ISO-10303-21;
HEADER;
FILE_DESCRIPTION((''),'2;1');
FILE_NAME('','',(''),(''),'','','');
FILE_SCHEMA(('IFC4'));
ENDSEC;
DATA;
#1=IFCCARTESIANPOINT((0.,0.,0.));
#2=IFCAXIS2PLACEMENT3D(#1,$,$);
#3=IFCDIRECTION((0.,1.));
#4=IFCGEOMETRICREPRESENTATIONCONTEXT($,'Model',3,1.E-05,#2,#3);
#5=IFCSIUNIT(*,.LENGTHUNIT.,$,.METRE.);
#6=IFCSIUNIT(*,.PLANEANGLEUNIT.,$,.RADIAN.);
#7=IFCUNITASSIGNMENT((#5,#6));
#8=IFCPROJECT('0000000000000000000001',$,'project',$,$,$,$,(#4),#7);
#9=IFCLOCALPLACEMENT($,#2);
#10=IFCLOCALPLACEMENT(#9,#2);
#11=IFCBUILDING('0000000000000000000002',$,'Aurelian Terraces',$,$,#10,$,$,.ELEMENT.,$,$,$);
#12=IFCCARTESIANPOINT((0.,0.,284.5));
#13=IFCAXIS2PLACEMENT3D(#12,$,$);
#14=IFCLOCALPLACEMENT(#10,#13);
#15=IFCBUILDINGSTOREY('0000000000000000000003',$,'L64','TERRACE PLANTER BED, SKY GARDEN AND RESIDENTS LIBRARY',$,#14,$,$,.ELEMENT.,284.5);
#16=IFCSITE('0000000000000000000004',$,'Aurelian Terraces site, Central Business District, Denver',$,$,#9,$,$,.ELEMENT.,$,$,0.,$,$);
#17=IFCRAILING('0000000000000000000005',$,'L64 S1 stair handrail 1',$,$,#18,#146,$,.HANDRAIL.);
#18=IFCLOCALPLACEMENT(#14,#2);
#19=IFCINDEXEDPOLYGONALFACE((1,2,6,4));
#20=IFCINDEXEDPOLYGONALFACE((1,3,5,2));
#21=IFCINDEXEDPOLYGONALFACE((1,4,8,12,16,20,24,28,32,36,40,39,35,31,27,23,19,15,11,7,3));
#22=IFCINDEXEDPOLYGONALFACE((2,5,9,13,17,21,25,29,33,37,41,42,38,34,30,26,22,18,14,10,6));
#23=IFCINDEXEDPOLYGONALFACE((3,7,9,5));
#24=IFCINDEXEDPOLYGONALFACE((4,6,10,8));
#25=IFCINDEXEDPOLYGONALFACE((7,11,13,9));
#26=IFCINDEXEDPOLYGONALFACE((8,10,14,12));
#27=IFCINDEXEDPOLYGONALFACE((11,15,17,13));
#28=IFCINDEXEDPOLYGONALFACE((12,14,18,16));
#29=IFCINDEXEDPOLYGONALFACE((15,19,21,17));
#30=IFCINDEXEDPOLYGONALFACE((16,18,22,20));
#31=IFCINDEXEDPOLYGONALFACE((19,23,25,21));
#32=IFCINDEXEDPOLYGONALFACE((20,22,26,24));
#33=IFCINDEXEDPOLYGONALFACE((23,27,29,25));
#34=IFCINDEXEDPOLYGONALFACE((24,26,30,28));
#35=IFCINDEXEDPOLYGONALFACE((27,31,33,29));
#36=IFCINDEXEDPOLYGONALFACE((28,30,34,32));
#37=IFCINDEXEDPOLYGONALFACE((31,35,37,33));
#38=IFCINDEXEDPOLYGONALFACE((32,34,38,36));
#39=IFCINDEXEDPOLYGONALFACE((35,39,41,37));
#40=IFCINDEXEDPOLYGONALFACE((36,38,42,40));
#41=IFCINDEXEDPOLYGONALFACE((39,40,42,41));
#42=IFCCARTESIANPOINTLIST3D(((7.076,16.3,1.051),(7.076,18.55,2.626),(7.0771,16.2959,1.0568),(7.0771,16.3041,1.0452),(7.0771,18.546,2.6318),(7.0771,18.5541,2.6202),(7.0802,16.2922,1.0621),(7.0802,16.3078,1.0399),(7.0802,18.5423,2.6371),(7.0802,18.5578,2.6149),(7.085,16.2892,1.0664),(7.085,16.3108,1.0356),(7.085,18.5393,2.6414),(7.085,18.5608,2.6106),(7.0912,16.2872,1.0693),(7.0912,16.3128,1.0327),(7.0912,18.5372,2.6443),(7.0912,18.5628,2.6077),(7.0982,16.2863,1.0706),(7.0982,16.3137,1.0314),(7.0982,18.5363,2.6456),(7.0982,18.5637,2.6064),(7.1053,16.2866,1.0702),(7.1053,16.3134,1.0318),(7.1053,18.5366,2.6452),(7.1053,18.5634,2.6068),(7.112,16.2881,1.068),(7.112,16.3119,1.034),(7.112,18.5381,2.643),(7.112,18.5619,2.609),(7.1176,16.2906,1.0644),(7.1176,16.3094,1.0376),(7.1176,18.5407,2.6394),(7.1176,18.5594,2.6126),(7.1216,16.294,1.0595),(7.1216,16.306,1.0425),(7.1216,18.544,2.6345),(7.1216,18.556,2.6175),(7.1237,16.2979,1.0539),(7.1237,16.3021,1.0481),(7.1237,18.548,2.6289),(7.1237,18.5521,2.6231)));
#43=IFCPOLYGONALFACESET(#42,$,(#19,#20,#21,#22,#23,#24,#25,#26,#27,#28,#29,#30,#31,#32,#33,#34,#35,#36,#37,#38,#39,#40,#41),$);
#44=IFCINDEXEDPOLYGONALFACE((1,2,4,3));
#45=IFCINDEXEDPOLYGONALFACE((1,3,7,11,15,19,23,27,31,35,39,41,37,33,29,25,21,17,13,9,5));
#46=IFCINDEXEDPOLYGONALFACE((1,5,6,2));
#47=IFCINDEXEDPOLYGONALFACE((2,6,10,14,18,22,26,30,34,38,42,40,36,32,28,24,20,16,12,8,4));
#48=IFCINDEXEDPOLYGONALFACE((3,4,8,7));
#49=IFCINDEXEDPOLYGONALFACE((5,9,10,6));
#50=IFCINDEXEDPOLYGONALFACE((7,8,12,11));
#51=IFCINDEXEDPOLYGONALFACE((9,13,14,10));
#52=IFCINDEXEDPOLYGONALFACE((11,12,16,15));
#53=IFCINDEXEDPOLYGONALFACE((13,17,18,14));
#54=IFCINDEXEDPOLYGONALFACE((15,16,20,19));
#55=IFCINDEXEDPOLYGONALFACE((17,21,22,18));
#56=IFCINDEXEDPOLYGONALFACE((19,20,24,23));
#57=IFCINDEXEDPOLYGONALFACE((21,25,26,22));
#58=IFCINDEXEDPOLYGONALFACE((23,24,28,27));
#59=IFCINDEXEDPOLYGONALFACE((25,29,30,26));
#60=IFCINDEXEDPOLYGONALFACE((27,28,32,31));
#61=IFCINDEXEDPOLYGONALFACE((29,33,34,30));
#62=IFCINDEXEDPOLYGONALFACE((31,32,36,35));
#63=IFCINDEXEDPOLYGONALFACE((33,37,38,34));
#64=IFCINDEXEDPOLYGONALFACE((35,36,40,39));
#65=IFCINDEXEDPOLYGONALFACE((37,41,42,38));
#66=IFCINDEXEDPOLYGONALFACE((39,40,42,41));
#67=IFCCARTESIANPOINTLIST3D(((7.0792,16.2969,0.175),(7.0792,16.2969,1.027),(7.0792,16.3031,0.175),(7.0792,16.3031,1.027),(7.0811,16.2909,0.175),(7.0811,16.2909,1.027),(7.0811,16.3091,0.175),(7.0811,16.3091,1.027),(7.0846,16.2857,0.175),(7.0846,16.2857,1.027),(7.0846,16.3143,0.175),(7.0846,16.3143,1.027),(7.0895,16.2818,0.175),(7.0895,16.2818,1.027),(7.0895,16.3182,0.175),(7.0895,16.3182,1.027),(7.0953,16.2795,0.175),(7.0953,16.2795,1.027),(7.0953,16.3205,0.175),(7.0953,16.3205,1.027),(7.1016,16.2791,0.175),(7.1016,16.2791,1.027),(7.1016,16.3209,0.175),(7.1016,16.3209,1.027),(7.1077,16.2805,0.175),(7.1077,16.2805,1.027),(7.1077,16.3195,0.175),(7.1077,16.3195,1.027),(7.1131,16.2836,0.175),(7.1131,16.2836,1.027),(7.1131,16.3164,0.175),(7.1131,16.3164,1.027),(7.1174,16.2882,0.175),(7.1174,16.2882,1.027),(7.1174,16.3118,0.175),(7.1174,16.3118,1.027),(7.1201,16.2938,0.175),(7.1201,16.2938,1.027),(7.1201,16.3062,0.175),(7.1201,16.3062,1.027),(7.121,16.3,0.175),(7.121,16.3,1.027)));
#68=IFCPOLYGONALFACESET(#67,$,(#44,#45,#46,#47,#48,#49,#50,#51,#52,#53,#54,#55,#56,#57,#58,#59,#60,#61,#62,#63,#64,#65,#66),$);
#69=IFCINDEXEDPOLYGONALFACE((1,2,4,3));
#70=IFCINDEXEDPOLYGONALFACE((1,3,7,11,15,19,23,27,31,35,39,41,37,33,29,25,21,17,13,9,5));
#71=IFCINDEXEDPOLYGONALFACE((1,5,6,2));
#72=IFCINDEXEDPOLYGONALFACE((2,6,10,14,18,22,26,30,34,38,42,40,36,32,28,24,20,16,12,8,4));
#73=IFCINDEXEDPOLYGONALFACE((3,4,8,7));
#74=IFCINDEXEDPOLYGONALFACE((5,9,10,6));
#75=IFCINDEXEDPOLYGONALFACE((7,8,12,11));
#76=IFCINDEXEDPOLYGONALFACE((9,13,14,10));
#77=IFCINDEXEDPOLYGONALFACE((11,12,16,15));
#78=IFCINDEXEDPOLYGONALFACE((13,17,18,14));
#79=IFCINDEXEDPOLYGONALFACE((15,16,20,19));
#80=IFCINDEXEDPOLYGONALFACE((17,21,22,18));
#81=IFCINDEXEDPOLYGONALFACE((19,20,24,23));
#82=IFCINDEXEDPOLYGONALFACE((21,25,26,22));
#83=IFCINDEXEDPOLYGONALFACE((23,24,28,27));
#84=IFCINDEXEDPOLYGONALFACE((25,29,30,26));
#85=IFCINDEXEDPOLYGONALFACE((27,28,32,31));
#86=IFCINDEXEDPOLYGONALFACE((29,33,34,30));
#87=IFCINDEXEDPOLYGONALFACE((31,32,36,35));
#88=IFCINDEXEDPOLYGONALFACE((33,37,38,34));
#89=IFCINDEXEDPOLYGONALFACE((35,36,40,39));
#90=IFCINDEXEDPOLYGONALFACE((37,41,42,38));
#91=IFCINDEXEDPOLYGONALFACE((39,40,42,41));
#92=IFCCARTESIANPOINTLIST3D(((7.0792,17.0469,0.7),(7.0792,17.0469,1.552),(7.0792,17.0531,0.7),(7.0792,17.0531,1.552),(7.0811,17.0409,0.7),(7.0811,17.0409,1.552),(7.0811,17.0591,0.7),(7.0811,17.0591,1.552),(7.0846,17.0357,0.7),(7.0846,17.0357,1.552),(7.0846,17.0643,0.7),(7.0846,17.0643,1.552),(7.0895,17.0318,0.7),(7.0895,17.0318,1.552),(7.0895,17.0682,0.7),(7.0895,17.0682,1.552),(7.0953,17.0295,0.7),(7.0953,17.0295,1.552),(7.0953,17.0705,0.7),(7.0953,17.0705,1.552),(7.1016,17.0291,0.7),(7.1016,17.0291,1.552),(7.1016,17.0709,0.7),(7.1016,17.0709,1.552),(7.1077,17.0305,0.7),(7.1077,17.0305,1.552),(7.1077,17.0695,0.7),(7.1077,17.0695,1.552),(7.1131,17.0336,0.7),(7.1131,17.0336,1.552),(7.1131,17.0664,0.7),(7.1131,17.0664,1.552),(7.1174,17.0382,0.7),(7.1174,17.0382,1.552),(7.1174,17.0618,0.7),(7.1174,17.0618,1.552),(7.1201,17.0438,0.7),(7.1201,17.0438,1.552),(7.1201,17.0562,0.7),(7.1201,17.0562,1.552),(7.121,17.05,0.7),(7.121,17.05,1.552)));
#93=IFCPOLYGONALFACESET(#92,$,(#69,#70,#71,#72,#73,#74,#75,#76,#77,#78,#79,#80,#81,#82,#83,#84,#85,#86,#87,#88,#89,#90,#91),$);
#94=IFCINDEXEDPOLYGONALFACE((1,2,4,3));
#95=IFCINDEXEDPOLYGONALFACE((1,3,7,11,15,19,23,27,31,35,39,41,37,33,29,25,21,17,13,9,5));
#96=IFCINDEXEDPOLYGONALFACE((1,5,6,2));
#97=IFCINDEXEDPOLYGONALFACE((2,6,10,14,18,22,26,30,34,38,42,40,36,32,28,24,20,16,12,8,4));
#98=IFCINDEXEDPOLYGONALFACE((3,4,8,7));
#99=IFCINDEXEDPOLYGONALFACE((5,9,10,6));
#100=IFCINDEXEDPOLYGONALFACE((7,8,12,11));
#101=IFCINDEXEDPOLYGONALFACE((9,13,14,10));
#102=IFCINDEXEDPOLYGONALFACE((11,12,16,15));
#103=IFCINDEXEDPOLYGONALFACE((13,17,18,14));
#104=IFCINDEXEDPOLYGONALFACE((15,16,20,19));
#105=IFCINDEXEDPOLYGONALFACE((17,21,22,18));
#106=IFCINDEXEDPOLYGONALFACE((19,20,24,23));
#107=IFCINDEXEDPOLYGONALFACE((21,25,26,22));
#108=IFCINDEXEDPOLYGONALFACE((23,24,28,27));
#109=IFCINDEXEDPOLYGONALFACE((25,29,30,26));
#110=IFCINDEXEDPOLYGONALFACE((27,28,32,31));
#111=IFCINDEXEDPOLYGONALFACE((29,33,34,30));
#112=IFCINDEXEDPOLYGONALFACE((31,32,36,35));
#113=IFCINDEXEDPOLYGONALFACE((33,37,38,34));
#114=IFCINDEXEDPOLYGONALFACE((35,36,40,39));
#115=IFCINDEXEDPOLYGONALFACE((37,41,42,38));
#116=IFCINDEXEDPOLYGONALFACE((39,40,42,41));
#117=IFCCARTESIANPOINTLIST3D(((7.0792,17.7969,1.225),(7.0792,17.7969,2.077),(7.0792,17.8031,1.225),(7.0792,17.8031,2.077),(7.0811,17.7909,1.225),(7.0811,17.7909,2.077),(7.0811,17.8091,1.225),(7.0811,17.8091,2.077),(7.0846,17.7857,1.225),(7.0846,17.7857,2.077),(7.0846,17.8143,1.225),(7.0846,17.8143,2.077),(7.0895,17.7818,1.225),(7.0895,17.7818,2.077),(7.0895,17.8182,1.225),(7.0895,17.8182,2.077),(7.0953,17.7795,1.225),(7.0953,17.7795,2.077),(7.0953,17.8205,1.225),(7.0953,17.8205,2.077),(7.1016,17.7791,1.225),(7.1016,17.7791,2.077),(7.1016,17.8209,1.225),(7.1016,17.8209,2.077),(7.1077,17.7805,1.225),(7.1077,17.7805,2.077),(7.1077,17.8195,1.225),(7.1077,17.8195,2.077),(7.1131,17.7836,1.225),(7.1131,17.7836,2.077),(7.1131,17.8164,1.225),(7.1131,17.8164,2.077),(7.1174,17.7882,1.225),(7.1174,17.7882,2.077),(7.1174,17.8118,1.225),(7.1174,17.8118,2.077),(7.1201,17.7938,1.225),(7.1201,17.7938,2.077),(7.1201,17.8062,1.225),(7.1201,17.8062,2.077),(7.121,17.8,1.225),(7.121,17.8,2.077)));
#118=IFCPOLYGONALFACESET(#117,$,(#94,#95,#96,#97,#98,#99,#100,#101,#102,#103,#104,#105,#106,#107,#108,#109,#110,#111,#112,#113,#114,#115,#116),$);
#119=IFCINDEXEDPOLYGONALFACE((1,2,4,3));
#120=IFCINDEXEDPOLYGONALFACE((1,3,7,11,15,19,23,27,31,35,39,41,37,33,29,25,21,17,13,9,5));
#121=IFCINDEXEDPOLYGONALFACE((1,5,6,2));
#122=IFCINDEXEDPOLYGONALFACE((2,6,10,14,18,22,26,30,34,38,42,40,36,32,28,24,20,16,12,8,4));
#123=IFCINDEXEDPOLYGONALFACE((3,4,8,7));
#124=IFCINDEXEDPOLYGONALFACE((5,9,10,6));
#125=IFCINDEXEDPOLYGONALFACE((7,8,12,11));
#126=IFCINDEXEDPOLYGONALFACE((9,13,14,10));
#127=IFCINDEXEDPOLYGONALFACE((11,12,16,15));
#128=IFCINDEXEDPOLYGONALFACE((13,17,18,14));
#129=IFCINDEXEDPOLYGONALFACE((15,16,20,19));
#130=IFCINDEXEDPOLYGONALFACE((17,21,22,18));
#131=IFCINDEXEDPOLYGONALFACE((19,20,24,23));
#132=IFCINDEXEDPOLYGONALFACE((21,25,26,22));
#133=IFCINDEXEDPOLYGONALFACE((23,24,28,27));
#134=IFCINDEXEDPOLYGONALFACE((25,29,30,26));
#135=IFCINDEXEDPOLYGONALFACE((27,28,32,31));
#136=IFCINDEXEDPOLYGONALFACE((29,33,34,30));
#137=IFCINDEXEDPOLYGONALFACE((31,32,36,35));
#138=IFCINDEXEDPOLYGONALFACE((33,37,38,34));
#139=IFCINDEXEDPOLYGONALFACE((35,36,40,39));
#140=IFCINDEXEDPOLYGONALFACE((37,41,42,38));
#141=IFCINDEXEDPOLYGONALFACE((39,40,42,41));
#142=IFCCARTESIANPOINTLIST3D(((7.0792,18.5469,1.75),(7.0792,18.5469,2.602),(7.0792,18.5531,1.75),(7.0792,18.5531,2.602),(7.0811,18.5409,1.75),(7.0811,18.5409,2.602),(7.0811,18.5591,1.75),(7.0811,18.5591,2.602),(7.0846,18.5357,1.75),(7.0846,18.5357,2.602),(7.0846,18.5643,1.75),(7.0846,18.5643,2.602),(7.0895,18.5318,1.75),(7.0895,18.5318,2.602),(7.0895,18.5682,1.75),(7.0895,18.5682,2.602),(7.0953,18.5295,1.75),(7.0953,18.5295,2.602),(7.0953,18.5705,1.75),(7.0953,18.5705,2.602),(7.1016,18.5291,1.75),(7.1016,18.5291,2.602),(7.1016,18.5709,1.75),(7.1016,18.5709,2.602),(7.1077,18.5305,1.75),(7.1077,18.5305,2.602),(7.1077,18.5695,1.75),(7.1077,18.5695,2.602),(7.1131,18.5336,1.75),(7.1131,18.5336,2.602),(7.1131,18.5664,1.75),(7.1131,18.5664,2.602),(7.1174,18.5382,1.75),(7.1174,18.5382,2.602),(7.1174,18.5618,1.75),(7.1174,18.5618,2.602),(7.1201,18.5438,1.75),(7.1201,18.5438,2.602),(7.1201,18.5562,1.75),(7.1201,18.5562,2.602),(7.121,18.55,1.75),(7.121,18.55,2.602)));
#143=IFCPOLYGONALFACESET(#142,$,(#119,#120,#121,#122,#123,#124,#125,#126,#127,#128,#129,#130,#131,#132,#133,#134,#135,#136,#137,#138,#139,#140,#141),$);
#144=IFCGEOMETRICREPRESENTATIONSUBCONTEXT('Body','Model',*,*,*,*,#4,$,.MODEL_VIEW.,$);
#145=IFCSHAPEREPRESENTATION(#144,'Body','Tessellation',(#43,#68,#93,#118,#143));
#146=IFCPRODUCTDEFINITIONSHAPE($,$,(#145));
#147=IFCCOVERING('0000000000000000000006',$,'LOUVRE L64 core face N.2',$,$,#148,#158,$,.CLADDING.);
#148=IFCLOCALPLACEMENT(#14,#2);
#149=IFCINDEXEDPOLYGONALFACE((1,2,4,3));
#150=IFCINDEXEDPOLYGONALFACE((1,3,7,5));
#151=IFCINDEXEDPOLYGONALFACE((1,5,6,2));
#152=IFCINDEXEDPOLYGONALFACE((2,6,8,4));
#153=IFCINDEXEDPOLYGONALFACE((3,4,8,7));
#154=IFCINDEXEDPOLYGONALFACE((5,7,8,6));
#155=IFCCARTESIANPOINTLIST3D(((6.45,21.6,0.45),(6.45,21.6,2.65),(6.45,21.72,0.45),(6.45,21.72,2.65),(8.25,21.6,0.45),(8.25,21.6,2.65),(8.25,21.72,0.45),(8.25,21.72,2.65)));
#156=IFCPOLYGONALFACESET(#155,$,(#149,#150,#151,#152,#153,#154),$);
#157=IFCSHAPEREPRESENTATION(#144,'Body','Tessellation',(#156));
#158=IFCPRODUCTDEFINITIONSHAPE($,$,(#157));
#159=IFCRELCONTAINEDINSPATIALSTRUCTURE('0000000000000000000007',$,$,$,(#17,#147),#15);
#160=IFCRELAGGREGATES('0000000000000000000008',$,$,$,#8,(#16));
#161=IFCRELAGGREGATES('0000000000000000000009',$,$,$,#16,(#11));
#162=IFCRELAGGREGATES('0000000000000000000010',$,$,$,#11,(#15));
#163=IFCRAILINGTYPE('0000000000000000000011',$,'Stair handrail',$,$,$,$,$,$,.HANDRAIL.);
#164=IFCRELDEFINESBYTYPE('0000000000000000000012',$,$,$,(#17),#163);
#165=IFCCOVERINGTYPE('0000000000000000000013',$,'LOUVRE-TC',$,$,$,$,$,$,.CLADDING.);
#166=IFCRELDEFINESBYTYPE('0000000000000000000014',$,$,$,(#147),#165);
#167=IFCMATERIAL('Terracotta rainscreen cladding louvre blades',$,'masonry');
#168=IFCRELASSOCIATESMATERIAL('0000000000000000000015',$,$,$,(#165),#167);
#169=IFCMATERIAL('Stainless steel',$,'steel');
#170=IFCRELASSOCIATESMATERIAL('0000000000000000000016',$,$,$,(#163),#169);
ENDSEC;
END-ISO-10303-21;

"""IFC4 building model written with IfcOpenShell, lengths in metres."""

from ifc_helpers import new_model, si_unit, direction, frame, origin, origin_2d, place, context, subcontext, project, spatial, rectangle, circle, extrude, source, transform, mapped, material, type_object, element, save


model = new_model("IFC4")

# Units and contexts
model_context = context("Model", 3, precision=1e-05, world=origin(), true_north=direction((0.0, 1.0)))
body_context = subcontext(model_context, "Body", "Model", "MODEL_VIEW")
ifc_project = project(units=[si_unit("LENGTHUNIT", "METRE"), si_unit("PLANEANGLEUNIT", "RADIAN")], contexts=[model_context])

# Site, building, storey
site_placement = place(None, origin())
site = spatial("IfcSite", under=ifc_project, at=site_placement, Name="Aurelian Terraces site, Central Business District, Denver", CompositionType="ELEMENT", RefElevation=0.0)
building_placement = place(site_placement, origin())
building = spatial("IfcBuilding", under=site, at=building_placement, Name="Aurelian Terraces", CompositionType="ELEMENT")
storey_placement = place(building_placement, frame((0.0, 0.0, 284.5)))
storey = spatial("IfcBuildingStorey", under=building, at=storey_placement, Name="L64", Description="TERRACE PLANTER BED, SKY GARDEN AND RESIDENTS LIBRARY", CompositionType="ELEMENT", Elevation=284.5)

# Shared definitions
ifc_material_1 = material(Name="Terracotta rainscreen cladding louvre blades", Category="masonry")
covering_type = type_object("IfcCoveringType", Name="LOUVRE-TC", PredefinedType="CLADDING", material=ifc_material_1)

# Railing
ifc_material_2 = material(Name="Stainless steel", Category="steel")
railing_type_1 = type_object("IfcRailingType", Name="Stair handrail", PredefinedType="HANDRAIL", material=ifc_material_2)
railing_1_placement = place(storey_placement, frame((7.1, 16.3, 0.175)))
element("IfcRailing", 1, at=railing_1_placement, inside=storey, type_object=railing_type_1, Name="L64 S1 stair handrail 1", PredefinedType="HANDRAIL", context=body_context, shape_type="SweptSolid", body=[
    extrude(circle(Radius=0.024, at=origin_2d()), frame((0.0, 0.0, 0.876), z_axis=(0.0, 0.819232, 0.573462), x_axis=(-1.0, 0.0, 0.0)), (0.0, 0.0, 1.0), 2.7465),
    extrude(circle(Radius=0.021, at=origin_2d()), origin(), (0.0, 0.0, 1.0), 0.852),
    extrude(circle(Radius=0.021, at=origin_2d()), frame((0.0, 0.75, 0.525)), (0.0, 0.0, 1.0), 0.852),
    extrude(circle(Radius=0.021, at=origin_2d()), frame((0.0, 1.5, 1.05)), (0.0, 0.0, 1.0), 0.852),
    extrude(circle(Radius=0.021, at=origin_2d()), frame((0.0, 2.25, 1.575)), (0.0, 0.0, 1.0), 0.852),
])

# Covering
shared_shape_1 = source(origin(), body_context, "Body", "SweptSolid", [
    extrude(rectangle(XDim=1.8, YDim=0.12, at=origin_2d()), origin(), (0.0, 0.0, 1.0), 2.2),
])
covering_1_placement = place(storey_placement, frame((7.35, 21.66, 0.45), z_axis=(0.0, 0.0, 1.0), x_axis=(1.0, 0.0, 0.0)))
element("IfcCovering", 2, at=covering_1_placement, inside=storey, type_object=covering_type, Name="LOUVRE L64 core face N.2", PredefinedType="CLADDING", context=body_context, shape_type="MappedRepresentation", body=[
    mapped(shared_shape_1, transform((0.0, 0.0, 0.0), scale=1.0)),
])

save(model, "model.ifc")
